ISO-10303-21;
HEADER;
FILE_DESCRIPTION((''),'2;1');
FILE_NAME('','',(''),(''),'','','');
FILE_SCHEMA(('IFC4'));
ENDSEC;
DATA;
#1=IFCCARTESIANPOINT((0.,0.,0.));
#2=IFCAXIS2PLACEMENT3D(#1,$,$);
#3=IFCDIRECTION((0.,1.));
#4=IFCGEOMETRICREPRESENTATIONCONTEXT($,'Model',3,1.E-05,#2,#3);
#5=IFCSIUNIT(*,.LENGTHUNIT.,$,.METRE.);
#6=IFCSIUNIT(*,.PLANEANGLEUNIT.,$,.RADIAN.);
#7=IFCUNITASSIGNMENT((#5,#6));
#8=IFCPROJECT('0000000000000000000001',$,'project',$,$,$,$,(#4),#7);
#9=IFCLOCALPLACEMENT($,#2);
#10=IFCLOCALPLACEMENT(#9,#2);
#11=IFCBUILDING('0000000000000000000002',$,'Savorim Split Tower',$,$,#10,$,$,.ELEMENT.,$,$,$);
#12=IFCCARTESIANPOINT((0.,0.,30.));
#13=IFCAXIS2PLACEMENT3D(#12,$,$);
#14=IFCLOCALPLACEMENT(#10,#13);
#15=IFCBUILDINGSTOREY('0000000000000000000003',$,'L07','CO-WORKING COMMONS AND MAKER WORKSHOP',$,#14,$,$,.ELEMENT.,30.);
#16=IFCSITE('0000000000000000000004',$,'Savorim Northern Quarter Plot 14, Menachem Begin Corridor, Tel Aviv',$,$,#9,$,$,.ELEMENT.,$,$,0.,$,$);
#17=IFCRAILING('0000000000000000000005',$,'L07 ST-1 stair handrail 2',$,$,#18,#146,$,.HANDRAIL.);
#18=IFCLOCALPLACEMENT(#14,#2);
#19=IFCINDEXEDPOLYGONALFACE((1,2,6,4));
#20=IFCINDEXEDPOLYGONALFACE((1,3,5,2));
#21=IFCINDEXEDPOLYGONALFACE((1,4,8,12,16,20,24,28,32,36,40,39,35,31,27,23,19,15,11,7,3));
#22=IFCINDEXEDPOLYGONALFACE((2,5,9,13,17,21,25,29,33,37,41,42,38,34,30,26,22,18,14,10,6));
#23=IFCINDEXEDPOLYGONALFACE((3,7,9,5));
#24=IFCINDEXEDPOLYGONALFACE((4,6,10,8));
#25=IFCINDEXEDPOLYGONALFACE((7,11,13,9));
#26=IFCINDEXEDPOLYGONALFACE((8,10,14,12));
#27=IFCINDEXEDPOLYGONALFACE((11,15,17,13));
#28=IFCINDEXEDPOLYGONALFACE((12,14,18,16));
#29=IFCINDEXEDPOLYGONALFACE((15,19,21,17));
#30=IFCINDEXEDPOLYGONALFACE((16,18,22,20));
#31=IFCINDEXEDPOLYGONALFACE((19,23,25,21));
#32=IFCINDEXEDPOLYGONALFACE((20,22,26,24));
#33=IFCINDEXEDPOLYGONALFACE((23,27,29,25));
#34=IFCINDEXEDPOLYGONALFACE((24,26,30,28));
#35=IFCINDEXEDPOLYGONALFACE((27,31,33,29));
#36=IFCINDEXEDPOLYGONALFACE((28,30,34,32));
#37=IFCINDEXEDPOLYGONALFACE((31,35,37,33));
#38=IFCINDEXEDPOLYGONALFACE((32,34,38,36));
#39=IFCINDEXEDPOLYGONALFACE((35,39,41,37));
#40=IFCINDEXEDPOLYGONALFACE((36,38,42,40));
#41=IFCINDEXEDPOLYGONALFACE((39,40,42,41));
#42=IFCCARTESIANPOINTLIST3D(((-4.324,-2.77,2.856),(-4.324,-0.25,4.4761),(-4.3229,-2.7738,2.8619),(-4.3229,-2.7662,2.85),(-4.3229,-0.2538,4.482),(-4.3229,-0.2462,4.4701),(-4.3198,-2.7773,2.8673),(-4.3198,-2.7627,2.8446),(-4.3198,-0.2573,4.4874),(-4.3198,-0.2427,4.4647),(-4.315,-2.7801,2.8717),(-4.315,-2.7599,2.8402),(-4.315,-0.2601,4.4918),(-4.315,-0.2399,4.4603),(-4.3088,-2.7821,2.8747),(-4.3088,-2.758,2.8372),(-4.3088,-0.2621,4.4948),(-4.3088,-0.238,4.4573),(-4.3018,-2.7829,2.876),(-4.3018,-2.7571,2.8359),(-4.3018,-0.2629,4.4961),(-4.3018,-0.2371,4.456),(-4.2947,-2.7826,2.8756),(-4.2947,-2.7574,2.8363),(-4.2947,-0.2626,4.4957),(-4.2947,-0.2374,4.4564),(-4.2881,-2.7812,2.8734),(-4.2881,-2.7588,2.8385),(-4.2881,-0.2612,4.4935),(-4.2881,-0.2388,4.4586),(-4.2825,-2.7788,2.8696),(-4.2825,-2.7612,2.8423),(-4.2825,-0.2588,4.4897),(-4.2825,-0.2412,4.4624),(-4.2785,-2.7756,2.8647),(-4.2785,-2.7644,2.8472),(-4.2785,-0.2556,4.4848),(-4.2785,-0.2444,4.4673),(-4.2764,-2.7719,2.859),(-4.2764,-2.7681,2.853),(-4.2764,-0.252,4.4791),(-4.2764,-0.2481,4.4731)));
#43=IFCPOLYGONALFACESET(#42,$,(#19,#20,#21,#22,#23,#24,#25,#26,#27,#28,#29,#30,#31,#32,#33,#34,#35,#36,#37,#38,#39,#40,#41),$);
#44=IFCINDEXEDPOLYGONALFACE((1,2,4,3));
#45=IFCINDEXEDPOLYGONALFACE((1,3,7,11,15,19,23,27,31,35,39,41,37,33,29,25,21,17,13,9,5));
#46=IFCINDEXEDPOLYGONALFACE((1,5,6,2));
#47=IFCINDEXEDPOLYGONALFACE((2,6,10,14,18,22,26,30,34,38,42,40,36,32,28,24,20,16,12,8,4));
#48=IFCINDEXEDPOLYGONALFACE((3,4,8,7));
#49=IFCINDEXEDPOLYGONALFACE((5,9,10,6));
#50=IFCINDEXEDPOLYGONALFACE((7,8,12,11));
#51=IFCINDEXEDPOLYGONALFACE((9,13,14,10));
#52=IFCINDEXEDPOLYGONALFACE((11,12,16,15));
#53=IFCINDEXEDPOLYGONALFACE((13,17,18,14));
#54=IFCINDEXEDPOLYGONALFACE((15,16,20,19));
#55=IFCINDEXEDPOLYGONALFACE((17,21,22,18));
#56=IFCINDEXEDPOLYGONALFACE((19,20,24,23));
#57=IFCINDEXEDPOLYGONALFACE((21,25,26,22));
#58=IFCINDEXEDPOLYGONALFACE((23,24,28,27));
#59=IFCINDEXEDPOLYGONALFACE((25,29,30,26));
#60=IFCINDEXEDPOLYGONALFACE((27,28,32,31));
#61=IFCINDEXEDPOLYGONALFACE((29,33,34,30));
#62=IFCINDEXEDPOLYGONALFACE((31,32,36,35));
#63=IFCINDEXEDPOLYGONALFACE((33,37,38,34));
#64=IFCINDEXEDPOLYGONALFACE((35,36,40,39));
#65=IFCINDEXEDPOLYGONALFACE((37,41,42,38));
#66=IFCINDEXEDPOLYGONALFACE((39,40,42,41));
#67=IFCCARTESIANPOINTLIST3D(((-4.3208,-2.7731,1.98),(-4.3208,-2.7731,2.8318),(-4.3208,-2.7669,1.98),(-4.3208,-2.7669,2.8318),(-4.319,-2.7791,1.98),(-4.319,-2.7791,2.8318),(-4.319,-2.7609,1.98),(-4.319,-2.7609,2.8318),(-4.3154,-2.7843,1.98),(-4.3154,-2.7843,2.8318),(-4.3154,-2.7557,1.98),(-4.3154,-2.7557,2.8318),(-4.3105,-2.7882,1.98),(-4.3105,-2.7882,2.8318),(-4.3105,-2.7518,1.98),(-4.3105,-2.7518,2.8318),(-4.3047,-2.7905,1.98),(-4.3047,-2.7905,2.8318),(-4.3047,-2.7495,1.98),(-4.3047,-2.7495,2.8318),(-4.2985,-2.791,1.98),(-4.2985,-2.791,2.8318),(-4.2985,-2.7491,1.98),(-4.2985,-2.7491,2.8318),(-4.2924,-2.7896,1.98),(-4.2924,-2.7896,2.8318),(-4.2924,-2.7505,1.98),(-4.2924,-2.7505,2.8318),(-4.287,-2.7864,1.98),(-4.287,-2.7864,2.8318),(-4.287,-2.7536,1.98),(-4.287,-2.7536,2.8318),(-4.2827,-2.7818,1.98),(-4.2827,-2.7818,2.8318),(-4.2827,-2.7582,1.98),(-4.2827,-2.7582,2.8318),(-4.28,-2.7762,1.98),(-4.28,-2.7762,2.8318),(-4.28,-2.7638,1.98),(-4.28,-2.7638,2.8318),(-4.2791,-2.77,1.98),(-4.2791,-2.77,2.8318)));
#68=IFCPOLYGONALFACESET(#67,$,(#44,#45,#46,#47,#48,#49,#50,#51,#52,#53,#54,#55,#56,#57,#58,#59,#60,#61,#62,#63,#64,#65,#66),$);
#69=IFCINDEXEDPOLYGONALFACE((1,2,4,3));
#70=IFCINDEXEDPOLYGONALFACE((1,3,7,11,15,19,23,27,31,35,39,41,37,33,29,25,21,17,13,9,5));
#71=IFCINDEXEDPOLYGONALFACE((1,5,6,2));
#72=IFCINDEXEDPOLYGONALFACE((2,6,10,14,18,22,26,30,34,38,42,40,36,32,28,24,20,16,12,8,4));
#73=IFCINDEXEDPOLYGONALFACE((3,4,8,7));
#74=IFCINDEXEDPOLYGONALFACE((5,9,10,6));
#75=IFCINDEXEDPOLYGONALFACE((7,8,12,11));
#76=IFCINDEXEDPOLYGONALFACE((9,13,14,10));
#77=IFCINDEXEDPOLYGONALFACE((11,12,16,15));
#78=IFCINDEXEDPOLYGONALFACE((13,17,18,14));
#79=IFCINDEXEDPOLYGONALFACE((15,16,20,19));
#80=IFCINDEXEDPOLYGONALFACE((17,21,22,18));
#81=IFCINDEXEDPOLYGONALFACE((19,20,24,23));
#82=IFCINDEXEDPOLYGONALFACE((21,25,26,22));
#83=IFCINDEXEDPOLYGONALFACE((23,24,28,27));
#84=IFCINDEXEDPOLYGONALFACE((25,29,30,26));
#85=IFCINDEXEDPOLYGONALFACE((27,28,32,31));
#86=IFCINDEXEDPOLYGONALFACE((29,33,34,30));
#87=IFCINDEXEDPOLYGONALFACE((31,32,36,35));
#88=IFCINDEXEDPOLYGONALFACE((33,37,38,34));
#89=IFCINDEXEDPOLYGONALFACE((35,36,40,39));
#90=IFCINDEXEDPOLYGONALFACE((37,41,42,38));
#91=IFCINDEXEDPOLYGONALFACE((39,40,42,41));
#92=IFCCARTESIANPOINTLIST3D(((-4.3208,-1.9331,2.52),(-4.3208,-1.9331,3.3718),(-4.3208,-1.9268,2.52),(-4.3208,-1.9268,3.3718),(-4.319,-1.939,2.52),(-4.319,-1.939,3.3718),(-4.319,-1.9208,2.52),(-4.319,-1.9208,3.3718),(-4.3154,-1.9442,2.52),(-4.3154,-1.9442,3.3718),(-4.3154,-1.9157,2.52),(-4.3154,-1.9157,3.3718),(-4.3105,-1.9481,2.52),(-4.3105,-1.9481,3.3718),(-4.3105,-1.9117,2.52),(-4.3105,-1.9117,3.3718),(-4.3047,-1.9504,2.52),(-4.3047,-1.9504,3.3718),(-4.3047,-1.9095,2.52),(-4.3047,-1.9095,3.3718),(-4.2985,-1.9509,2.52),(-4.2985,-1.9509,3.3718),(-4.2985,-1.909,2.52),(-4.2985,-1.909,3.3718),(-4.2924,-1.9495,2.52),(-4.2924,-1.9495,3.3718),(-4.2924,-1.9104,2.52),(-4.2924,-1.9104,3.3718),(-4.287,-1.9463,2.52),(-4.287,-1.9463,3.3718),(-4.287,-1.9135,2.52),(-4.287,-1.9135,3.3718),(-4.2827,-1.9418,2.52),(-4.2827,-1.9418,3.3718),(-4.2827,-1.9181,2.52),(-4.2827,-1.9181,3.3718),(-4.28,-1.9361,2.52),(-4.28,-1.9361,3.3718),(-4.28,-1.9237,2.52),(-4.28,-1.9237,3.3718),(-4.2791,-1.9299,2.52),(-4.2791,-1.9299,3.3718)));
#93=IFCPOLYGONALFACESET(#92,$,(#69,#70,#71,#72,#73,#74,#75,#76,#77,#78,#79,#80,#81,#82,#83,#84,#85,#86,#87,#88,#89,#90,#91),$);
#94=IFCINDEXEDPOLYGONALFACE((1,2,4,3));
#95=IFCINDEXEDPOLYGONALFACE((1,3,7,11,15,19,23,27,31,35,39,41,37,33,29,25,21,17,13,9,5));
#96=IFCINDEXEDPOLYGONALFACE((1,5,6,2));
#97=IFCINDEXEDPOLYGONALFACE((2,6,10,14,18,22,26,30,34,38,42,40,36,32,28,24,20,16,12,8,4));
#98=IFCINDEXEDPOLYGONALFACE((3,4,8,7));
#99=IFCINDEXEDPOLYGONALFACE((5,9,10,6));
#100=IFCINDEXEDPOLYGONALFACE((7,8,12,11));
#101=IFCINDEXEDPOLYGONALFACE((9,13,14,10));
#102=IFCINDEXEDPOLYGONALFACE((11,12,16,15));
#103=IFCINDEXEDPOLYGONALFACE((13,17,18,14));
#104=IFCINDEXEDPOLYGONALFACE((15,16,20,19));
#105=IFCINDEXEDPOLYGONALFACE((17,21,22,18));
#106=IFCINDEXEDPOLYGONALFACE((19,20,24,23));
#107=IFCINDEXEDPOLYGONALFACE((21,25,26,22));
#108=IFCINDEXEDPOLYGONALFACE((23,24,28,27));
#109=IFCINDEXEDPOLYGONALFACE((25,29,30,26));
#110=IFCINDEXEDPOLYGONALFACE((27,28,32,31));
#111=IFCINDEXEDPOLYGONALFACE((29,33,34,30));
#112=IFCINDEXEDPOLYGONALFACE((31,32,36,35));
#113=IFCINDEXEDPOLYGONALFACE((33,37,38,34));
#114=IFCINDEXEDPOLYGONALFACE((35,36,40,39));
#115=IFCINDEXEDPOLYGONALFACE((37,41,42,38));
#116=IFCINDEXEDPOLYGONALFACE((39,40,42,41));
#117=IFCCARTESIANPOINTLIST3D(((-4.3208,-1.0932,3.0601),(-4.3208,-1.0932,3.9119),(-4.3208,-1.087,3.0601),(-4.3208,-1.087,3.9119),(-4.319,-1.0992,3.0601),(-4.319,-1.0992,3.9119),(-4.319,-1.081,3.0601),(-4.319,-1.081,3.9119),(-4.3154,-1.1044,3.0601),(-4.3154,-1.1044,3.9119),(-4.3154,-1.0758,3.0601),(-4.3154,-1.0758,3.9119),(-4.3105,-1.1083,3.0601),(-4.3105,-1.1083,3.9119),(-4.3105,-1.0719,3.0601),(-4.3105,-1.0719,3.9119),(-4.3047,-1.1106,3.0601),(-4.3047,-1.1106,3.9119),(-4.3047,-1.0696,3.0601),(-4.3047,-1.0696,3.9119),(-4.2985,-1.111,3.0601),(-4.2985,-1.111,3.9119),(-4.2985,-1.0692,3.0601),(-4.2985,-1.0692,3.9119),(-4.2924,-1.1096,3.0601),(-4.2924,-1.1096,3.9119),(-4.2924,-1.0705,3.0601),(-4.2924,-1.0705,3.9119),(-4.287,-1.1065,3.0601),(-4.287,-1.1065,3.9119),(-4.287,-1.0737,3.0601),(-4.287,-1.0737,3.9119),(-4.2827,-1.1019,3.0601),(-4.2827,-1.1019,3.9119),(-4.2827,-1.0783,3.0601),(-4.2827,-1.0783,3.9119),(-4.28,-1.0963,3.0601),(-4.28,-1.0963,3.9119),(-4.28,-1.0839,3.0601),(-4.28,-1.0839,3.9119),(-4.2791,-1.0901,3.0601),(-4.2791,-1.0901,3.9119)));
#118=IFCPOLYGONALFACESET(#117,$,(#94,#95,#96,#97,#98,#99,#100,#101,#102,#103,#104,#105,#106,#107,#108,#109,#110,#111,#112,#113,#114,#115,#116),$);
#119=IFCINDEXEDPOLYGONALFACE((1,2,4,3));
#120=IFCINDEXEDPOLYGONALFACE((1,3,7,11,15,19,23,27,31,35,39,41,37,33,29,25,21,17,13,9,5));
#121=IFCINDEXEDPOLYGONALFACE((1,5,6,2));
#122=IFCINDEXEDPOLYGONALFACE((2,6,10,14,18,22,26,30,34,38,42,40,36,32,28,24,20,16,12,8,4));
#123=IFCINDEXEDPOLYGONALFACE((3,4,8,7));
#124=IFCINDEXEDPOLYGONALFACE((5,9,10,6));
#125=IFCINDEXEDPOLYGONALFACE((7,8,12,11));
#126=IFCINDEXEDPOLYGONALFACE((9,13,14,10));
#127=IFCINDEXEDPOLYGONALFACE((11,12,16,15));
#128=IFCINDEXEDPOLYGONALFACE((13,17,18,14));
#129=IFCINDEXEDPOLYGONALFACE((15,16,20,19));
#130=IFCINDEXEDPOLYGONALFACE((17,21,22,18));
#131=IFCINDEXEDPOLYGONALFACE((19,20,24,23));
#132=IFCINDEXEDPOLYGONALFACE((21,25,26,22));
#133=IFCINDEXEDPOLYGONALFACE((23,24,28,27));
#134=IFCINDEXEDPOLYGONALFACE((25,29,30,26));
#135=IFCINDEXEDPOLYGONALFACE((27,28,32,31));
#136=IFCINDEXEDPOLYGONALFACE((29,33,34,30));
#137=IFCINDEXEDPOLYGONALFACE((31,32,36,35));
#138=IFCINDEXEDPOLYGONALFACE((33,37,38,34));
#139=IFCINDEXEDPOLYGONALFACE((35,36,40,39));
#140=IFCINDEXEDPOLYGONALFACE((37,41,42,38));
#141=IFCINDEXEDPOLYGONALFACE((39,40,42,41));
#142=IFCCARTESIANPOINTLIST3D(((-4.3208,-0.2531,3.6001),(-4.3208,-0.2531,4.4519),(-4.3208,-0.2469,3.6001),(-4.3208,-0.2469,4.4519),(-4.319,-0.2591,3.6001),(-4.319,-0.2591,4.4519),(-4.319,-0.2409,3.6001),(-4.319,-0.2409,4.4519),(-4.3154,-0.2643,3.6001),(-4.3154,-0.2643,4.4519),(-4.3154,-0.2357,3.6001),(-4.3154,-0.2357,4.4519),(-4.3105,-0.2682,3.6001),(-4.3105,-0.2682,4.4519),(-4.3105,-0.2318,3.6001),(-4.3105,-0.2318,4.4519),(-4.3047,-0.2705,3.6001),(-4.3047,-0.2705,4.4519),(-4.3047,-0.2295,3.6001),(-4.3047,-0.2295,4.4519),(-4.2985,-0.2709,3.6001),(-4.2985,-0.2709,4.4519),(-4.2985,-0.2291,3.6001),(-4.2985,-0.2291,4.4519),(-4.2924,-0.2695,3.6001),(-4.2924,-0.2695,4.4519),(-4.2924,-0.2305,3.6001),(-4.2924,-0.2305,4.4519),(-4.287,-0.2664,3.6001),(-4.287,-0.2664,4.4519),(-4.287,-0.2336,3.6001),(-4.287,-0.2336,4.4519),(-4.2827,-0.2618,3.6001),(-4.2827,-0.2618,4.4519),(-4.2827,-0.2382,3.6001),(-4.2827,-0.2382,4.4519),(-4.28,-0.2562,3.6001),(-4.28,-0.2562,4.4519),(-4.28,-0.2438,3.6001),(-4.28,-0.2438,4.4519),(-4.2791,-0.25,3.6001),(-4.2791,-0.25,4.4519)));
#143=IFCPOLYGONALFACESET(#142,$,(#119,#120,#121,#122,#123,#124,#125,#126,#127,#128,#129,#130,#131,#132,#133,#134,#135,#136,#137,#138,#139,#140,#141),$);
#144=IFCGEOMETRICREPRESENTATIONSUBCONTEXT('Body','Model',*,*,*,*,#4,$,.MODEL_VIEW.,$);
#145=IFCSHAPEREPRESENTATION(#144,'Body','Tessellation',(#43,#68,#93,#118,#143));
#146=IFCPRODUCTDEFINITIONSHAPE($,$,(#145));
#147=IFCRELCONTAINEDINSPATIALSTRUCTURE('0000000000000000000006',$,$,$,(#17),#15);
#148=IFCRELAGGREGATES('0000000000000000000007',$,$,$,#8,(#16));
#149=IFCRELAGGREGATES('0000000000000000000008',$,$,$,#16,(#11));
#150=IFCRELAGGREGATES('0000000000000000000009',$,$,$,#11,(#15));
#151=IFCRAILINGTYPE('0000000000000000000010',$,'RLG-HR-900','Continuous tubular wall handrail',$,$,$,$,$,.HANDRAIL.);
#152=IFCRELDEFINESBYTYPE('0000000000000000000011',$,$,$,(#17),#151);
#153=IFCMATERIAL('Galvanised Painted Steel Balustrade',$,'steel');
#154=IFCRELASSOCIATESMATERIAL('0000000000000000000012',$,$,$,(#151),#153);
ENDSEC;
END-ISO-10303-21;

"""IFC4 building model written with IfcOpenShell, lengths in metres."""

from ifc_helpers import new_model, si_unit, direction, frame, origin, origin_2d, place, context, subcontext, project, spatial, circle, extrude, material, type_object, element, save


model = new_model("IFC4")

# Units and contexts
model_context = context("Model", 3, precision=1e-05, world=origin(), true_north=direction((0.0, 1.0)))
body_context = subcontext(model_context, "Body", "Model", "MODEL_VIEW")
ifc_project = project(units=[si_unit("LENGTHUNIT", "METRE"), si_unit("PLANEANGLEUNIT", "RADIAN")], contexts=[model_context])

# Site, building, storey
site_placement = place(None, origin())
site = spatial("IfcSite", under=ifc_project, at=site_placement, Name="Savorim Northern Quarter Plot 14, Menachem Begin Corridor, Tel Aviv", CompositionType="ELEMENT", RefElevation=0.0)
building_placement = place(site_placement, origin())
building = spatial("IfcBuilding", under=site, at=building_placement, Name="Savorim Split Tower", CompositionType="ELEMENT")
storey_placement = place(building_placement, frame((0.0, 0.0, 30.0)))
storey = spatial("IfcBuildingStorey", under=building, at=storey_placement, Name="L07", Description="CO-WORKING COMMONS AND MAKER WORKSHOP", CompositionType="ELEMENT", Elevation=30.0)

# Railing
ifc_material_1 = material(Name="Galvanised Painted Steel Balustrade", Category="steel")
railing_type_1 = type_object("IfcRailingType", Name="RLG-HR-900", Description="Continuous tubular wall handrail", PredefinedType="HANDRAIL", material=ifc_material_1)
railing_1_placement = place(storey_placement, frame((-4.3, -2.77, 1.98)))
element("IfcRailing", 1, at=railing_1_placement, inside=storey, type_object=railing_type_1, Name="L07 ST-1 stair handrail 2", PredefinedType="HANDRAIL", context=body_context, shape_type="SweptSolid", body=[
    extrude(circle(Radius=0.0239, at=origin_2d()), frame((0.0, 0.0, 0.876), z_axis=(0.0, 0.841163, 0.540782), x_axis=(-1.0, 0.0, 0.0)), (0.0, 0.0, 1.0), 2.9958),
    extrude(circle(Radius=0.021, at=origin_2d()), origin(), (0.0, 0.0, 1.0), 0.8518),
    extrude(circle(Radius=0.021, at=origin_2d()), frame((0.0, 0.8401, 0.54)), (0.0, 0.0, 1.0), 0.8518),
    extrude(circle(Radius=0.021, at=origin_2d()), frame((0.0, 1.6799, 1.0801)), (0.0, 0.0, 1.0), 0.8518),
    extrude(circle(Radius=0.021, at=origin_2d()), frame((0.0, 2.52, 1.6201)), (0.0, 0.0, 1.0), 0.8518),
])

save(model, "model.ifc")
